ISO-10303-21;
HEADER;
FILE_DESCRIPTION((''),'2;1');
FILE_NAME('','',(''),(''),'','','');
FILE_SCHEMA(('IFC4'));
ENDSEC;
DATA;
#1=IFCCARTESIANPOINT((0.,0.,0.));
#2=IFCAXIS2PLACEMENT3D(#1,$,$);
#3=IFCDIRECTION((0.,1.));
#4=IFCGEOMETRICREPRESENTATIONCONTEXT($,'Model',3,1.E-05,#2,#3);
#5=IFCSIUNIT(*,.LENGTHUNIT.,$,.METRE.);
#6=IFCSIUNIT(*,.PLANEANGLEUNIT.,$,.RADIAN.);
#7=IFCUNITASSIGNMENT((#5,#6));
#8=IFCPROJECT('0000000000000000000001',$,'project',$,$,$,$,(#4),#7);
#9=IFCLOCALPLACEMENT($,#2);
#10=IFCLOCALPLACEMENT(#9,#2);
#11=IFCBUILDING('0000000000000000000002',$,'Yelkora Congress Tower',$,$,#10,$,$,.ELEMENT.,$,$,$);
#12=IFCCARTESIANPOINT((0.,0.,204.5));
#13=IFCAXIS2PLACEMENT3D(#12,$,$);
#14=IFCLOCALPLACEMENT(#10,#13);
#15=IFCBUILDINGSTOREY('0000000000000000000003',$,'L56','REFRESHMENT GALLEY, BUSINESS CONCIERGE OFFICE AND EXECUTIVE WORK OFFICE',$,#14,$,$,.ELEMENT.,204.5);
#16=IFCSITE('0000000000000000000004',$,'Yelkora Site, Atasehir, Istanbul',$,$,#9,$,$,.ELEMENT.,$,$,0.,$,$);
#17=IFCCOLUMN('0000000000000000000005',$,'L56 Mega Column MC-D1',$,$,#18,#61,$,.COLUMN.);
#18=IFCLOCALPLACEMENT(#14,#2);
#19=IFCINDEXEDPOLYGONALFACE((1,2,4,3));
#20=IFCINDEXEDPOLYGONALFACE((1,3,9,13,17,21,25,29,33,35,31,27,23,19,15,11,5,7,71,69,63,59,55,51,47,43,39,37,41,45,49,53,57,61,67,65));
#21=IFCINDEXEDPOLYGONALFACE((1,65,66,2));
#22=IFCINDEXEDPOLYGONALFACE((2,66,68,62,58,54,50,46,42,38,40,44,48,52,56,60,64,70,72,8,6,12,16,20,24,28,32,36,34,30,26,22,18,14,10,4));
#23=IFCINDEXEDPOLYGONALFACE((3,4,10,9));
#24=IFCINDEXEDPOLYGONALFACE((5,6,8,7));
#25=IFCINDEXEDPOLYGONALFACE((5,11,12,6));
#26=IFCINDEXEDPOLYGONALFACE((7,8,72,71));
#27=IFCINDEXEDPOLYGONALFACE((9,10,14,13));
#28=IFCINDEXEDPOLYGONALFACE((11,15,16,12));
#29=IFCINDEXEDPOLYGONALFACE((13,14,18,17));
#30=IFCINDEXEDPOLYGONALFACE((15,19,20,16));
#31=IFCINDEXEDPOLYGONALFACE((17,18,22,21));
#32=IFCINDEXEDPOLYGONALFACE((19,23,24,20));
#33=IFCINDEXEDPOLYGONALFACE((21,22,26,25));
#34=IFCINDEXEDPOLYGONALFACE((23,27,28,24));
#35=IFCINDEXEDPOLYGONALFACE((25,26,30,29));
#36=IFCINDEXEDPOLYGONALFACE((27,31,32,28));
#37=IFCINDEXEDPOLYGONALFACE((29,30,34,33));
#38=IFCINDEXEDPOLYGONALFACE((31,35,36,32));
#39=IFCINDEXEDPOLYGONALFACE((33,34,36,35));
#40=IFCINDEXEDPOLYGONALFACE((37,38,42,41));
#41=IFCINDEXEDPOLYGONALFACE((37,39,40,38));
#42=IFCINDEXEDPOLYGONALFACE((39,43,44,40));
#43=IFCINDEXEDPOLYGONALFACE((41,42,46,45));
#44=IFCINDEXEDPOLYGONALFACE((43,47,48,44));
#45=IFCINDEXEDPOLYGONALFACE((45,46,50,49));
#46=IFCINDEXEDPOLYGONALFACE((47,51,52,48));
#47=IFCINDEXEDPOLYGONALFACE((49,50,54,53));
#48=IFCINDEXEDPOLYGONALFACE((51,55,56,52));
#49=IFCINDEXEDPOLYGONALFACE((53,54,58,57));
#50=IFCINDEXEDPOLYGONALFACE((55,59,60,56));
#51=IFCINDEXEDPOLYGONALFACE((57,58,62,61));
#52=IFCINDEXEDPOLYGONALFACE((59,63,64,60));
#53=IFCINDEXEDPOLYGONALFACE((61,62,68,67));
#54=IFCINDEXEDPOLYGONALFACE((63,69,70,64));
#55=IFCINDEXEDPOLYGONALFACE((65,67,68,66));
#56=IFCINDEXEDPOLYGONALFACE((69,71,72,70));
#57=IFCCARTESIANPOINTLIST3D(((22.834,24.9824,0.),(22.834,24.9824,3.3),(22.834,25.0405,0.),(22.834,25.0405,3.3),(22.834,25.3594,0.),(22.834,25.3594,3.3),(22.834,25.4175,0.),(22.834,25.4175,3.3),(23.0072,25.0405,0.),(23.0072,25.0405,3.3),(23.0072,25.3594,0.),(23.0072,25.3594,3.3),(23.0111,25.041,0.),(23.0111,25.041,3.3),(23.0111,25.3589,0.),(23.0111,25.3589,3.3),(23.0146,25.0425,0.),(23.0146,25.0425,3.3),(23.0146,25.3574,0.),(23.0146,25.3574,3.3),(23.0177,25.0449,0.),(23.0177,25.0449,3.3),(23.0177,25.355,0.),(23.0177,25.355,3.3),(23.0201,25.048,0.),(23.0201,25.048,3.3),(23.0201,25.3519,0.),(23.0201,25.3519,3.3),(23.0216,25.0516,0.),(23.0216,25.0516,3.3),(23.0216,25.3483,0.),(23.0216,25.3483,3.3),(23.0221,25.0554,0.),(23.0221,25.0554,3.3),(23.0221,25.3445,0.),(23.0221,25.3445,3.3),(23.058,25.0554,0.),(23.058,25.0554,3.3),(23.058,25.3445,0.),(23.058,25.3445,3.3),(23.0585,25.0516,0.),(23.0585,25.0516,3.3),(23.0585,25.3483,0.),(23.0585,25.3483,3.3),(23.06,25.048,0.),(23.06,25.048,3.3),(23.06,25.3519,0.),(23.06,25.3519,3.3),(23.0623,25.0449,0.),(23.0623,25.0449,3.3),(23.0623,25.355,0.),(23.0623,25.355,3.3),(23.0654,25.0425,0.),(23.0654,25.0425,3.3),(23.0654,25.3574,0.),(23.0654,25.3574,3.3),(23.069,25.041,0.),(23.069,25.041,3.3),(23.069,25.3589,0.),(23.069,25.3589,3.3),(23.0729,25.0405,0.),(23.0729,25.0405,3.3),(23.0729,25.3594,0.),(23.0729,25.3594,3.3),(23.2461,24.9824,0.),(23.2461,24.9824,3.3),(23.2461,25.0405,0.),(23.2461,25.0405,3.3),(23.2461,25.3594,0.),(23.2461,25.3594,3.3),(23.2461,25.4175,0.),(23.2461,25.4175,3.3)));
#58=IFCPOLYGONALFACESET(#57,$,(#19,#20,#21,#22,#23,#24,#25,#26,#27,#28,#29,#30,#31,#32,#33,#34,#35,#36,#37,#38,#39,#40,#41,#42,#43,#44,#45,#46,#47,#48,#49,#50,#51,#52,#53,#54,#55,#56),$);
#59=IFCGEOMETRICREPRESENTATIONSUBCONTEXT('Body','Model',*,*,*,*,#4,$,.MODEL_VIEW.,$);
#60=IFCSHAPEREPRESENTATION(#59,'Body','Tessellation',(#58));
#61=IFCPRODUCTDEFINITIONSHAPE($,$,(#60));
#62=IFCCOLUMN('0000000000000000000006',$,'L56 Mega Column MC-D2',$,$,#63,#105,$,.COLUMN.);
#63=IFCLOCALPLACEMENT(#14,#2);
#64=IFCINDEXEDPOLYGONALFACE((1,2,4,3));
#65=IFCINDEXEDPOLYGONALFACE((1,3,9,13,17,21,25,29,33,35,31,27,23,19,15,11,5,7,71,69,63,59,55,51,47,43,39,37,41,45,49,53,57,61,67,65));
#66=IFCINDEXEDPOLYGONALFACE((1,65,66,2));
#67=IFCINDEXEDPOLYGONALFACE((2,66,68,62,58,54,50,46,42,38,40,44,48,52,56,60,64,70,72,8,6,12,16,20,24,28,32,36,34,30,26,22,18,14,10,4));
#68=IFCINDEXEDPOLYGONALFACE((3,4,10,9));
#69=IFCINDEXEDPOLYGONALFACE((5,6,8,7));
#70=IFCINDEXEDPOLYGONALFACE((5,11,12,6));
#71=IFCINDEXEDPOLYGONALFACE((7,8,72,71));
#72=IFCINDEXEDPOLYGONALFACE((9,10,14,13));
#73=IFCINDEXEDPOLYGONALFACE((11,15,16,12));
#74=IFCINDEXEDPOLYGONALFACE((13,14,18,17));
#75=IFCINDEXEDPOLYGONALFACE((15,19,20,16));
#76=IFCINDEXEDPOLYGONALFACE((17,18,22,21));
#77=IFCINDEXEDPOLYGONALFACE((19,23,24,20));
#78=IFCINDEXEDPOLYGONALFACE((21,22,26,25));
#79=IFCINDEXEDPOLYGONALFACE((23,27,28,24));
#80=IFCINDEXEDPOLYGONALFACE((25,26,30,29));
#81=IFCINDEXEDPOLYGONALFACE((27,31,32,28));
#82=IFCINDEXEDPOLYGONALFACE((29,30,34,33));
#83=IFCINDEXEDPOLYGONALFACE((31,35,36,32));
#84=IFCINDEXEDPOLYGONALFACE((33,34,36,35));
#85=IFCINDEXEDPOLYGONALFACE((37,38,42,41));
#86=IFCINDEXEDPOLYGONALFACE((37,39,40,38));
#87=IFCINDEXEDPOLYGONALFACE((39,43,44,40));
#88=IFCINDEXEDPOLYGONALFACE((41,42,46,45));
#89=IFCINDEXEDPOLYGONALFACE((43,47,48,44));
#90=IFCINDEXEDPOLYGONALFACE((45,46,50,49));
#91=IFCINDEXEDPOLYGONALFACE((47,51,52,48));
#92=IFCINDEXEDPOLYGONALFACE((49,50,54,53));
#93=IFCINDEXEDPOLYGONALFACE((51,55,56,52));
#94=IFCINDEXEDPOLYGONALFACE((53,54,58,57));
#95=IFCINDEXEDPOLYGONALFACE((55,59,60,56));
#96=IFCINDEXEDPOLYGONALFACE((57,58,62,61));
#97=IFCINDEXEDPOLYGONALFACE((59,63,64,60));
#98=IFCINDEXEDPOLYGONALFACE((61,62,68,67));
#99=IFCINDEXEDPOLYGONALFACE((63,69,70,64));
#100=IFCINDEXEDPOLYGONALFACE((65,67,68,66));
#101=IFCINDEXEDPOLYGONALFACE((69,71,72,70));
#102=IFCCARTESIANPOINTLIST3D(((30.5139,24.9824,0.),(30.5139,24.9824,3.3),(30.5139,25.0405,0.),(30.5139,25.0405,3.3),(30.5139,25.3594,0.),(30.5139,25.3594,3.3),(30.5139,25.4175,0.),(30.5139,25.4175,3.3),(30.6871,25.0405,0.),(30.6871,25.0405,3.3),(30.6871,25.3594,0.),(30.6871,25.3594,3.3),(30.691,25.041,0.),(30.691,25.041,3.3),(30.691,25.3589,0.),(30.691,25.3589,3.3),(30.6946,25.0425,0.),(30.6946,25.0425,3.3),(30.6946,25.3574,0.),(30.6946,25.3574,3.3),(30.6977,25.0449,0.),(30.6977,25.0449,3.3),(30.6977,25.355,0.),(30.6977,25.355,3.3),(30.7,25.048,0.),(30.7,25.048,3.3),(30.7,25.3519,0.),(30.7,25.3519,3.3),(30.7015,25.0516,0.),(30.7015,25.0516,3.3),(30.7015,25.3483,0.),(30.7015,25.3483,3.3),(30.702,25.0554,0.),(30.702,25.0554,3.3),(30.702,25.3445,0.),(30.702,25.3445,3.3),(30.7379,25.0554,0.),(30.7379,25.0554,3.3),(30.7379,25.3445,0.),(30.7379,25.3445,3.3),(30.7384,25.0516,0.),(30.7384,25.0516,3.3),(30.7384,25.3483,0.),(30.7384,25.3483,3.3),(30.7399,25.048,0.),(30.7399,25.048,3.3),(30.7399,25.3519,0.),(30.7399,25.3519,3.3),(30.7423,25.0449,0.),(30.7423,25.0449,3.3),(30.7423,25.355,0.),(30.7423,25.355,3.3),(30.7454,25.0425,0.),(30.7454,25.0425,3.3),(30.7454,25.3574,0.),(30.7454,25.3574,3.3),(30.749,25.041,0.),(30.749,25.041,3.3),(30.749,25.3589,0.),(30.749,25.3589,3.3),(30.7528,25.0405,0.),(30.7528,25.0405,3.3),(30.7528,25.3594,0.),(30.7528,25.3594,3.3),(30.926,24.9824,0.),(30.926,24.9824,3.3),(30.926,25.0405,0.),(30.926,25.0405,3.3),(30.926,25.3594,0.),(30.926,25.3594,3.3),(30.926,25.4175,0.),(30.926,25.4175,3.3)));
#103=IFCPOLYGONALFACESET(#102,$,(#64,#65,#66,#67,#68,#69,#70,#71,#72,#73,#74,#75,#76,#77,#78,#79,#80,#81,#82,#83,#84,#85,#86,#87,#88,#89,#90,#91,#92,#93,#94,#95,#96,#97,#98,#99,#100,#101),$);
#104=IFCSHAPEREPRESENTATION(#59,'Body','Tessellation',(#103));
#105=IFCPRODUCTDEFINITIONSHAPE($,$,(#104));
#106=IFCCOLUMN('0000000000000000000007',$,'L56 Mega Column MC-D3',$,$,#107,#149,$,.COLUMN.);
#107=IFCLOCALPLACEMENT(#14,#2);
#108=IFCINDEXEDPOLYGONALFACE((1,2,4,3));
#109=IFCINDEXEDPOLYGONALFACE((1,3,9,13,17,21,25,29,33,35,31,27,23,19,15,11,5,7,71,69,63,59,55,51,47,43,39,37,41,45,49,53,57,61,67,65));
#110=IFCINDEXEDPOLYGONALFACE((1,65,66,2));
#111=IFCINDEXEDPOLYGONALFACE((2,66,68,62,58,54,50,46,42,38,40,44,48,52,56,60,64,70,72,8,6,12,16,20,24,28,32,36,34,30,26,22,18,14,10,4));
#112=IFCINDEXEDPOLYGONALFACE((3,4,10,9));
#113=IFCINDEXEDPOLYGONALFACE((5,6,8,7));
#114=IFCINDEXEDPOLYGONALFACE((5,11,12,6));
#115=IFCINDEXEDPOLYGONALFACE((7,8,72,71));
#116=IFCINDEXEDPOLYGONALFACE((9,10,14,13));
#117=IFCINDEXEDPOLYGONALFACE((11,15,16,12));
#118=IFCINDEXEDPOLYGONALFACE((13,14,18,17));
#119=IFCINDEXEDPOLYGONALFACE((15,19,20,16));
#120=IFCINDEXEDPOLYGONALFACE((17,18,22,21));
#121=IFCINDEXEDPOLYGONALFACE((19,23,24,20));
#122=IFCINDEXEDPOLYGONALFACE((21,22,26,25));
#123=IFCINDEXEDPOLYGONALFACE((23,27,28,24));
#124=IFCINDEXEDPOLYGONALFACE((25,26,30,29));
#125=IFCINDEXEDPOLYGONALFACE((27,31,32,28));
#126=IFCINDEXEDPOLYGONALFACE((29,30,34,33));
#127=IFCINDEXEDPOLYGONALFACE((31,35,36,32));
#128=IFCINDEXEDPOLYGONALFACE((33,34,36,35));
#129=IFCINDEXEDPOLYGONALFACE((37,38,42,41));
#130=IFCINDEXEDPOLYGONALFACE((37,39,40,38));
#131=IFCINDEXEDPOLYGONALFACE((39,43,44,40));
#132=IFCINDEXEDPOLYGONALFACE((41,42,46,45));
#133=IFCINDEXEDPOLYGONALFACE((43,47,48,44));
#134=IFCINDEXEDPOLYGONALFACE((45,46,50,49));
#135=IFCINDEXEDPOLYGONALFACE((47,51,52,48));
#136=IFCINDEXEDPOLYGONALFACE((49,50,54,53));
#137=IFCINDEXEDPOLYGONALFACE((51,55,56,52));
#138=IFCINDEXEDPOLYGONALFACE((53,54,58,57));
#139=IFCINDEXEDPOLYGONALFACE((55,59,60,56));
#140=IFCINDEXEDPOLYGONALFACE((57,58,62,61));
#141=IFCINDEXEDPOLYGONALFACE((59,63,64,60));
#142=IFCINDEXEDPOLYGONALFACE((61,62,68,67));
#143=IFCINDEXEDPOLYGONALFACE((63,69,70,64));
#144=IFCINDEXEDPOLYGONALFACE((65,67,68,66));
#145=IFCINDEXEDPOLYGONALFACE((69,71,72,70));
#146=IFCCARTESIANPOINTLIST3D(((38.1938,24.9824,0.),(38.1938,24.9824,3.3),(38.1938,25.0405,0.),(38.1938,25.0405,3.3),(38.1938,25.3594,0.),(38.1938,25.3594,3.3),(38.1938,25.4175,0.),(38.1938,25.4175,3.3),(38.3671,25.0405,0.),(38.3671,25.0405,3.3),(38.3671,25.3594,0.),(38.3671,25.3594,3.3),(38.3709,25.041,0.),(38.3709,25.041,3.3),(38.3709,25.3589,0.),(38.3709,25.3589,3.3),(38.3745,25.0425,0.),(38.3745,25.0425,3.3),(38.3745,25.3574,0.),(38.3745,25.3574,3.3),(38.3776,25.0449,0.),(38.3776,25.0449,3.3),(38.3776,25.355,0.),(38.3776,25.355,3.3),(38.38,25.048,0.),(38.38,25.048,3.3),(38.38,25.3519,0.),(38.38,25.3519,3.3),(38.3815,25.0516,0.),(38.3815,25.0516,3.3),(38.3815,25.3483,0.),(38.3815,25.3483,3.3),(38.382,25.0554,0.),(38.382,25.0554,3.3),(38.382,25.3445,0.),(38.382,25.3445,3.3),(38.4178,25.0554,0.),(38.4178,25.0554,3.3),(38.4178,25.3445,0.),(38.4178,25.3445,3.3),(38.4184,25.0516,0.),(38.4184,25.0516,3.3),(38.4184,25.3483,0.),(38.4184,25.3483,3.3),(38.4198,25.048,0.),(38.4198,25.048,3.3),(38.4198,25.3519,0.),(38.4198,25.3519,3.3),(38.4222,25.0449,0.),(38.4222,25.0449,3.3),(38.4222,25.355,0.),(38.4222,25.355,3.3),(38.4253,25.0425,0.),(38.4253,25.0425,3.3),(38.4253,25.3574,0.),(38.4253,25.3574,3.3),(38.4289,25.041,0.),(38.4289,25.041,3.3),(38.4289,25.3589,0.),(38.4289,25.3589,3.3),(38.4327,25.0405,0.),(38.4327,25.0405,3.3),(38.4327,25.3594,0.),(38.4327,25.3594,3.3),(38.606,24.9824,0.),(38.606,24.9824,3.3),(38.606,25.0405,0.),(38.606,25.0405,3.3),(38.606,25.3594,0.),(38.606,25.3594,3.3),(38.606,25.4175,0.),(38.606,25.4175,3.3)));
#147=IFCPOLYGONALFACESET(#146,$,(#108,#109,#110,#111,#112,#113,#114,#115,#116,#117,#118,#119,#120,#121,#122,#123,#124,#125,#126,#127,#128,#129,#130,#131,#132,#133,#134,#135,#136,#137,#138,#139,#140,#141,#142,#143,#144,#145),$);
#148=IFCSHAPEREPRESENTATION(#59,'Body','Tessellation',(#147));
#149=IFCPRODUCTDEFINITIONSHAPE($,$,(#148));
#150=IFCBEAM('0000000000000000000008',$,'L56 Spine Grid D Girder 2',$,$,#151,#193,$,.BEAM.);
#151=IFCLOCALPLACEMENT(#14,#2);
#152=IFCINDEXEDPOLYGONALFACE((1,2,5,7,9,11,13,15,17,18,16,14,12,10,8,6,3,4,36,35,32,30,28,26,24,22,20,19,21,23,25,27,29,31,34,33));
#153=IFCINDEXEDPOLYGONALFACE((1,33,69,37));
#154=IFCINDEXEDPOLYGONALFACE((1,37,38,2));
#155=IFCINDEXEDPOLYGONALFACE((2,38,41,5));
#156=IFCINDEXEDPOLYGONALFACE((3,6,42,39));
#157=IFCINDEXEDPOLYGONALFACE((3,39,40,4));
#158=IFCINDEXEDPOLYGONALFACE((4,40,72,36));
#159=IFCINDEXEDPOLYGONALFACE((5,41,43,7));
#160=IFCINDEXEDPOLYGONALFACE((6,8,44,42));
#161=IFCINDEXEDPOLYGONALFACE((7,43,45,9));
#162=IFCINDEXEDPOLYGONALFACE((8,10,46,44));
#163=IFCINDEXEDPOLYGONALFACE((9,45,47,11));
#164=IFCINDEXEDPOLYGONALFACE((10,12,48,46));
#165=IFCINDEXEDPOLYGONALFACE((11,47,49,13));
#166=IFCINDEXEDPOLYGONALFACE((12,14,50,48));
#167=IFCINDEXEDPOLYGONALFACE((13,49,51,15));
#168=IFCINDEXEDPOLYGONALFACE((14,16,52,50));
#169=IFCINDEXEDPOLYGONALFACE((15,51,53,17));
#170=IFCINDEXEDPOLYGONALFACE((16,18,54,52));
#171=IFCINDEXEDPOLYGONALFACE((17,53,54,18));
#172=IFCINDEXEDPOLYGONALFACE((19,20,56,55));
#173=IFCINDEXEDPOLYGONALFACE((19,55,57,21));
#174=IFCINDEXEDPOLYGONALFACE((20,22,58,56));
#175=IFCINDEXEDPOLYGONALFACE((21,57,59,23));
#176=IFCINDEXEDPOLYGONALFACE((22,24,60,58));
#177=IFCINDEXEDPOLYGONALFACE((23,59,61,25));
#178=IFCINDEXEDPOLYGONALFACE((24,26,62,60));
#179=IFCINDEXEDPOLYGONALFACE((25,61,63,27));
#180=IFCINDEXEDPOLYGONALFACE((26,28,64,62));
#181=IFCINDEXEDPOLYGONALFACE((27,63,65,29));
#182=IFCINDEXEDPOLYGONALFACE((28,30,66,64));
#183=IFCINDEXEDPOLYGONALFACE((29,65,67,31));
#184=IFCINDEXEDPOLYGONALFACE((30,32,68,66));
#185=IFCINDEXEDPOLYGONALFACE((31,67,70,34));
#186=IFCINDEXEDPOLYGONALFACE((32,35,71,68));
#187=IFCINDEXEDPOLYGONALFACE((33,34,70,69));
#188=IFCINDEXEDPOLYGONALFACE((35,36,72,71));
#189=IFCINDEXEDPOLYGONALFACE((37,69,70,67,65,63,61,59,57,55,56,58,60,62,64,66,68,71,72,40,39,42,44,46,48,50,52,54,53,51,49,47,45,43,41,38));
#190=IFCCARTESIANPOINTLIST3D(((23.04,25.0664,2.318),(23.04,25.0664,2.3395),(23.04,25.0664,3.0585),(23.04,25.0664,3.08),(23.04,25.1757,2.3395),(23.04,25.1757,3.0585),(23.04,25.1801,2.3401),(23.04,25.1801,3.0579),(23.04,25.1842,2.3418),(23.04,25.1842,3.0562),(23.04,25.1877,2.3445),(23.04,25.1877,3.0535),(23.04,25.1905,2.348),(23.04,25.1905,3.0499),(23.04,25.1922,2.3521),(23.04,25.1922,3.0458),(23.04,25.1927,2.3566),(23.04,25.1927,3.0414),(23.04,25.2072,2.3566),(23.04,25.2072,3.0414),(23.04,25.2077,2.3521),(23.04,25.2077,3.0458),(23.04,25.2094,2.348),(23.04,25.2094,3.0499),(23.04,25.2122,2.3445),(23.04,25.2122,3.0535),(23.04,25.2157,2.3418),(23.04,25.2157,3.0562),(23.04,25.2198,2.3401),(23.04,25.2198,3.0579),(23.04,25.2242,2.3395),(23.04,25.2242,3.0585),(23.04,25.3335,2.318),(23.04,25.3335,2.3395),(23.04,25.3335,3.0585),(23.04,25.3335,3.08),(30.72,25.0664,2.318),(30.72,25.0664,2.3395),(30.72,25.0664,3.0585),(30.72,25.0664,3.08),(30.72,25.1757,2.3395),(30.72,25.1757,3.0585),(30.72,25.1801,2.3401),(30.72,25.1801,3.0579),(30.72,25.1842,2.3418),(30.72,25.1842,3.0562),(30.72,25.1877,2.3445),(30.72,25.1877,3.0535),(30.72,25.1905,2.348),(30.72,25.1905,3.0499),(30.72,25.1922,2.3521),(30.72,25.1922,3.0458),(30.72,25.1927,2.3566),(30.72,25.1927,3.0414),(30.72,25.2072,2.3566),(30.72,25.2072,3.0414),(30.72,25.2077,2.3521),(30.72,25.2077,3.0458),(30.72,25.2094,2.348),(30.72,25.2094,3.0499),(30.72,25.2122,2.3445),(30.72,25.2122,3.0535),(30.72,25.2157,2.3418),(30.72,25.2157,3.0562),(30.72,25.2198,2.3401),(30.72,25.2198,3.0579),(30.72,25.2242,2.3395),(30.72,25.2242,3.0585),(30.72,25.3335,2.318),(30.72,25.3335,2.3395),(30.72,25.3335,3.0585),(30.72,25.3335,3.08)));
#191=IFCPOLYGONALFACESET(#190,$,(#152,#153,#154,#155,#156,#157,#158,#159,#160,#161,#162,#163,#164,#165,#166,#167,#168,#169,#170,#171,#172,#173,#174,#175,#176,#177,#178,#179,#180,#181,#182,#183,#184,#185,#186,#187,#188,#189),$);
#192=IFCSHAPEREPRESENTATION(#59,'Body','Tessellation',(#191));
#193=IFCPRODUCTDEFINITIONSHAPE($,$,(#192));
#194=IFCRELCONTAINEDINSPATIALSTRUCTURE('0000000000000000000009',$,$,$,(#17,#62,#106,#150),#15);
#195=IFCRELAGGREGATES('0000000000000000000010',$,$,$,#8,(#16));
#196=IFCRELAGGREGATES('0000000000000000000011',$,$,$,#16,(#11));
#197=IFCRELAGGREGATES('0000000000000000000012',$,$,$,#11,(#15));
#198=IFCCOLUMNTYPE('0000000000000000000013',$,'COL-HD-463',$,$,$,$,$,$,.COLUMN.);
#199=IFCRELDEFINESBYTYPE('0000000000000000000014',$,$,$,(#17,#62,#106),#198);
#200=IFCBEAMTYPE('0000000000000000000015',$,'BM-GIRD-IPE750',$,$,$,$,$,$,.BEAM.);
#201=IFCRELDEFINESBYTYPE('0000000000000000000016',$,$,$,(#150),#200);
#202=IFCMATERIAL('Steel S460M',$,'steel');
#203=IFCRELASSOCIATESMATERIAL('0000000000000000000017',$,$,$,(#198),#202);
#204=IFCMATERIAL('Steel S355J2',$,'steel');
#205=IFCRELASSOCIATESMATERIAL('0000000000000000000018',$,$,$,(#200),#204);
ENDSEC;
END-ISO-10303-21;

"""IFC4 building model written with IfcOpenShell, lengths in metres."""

from ifc_helpers import new_model, si_unit, direction, frame, origin, origin_2d, place, context, subcontext, project, spatial, i_section, extrude, material, material_profile, profile_set, type_object, element, save


model = new_model("IFC4")

# Units and contexts
model_context = context("Model", 3, precision=1e-05, world=origin(), true_north=direction((0.0, 1.0)))
body_context = subcontext(model_context, "Body", "Model", "MODEL_VIEW")
ifc_project = project(units=[si_unit("LENGTHUNIT", "METRE"), si_unit("PLANEANGLEUNIT", "RADIAN")], contexts=[model_context])

# Site, building, storey
site_placement = place(None, origin())
site = spatial("IfcSite", under=ifc_project, at=site_placement, Name="Yelkora Site, Atasehir, Istanbul", CompositionType="ELEMENT", RefElevation=0.0)
building_placement = place(site_placement, origin())
building = spatial("IfcBuilding", under=site, at=building_placement, Name="Yelkora Congress Tower", CompositionType="ELEMENT")
storey_placement = place(building_placement, frame((0.0, 0.0, 204.5)))
storey = spatial("IfcBuildingStorey", under=building, at=storey_placement, Name="L56", Description="REFRESHMENT GALLEY, BUSINESS CONCIERGE OFFICE AND EXECUTIVE WORK OFFICE", CompositionType="ELEMENT", Elevation=204.5)

# Columns
ifc_material_1 = material(Name="Steel S460M", Category="steel")
ifc_material_profile_1 = material_profile(ifc_material_1, i_section(OverallWidth=0.4121, OverallDepth=0.4351, WebThickness=0.0359, FlangeThickness=0.0581, FilletRadius=0.0149, at=origin_2d()), Name="HD 400x463")
ifc_profile_set_1 = profile_set([ifc_material_profile_1], Name="Steel S460M")
column_type = type_object("IfcColumnType", Name="COL-HD-463", PredefinedType="COLUMN", material=ifc_profile_set_1)
for number, where, z_axis, x_axis, name in (
    (1, (23.04, 25.2, 0.0), (0.0, 0.0, 1.0), (1.0, 0.0, 0.0), "L56 Mega Column MC-D1"),
    (2, (30.72, 25.2, 0.0), (0.0, 0.0, 1.0), (1.0, 0.0, 0.0), "L56 Mega Column MC-D2"),
    (3, (38.3999, 25.2, 0.0), (0.0, 0.0, 1.0), (1.0, 0.0, 0.0), "L56 Mega Column MC-D3"),
):
    element("IfcColumn", number, at=place(storey_placement, frame(where, z_axis=z_axis, x_axis=x_axis)), inside=storey, type_object=column_type, Name=name, PredefinedType="COLUMN", context=body_context, shape_type="SweptSolid", body=[
        extrude(i_section(OverallWidth=0.4121, OverallDepth=0.4351, WebThickness=0.0359, FlangeThickness=0.0581, FilletRadius=0.0149, at=origin_2d()), origin(), (0.0, 0.0, 1.0), 3.3),
    ])

# Beam
ifc_material_2 = material(Name="Steel S355J2", Category="steel")
ifc_material_profile_2 = material_profile(ifc_material_2, i_section(OverallWidth=0.2671, OverallDepth=0.762, WebThickness=0.0144, FlangeThickness=0.0215, FilletRadius=0.0171, at=origin_2d()), Name="IPE 750x173")
ifc_profile_set_2 = profile_set([ifc_material_profile_2], Name="Steel S355J2")
beam_type_1 = type_object("IfcBeamType", Name="BM-GIRD-IPE750", PredefinedType="BEAM", material=ifc_profile_set_2)
for number, where, z_axis, x_axis, name in (
    (4, (23.04, 25.2, 2.699), (1.0, 0.0, 0.0), (0.0, 1.0, 0.0), "L56 Spine Grid D Girder 2"),
):
    element("IfcBeam", number, at=place(storey_placement, frame(where, z_axis=z_axis, x_axis=x_axis)), inside=storey, type_object=beam_type_1, Name=name, PredefinedType="BEAM", context=body_context, shape_type="SweptSolid", body=[
        extrude(i_section(OverallWidth=0.2671, OverallDepth=0.762, WebThickness=0.0144, FlangeThickness=0.0215, FilletRadius=0.0171, at=origin_2d()), origin(), (0.0, 0.0, 1.0), 7.6799),
    ])

save(model, "model.ifc")
